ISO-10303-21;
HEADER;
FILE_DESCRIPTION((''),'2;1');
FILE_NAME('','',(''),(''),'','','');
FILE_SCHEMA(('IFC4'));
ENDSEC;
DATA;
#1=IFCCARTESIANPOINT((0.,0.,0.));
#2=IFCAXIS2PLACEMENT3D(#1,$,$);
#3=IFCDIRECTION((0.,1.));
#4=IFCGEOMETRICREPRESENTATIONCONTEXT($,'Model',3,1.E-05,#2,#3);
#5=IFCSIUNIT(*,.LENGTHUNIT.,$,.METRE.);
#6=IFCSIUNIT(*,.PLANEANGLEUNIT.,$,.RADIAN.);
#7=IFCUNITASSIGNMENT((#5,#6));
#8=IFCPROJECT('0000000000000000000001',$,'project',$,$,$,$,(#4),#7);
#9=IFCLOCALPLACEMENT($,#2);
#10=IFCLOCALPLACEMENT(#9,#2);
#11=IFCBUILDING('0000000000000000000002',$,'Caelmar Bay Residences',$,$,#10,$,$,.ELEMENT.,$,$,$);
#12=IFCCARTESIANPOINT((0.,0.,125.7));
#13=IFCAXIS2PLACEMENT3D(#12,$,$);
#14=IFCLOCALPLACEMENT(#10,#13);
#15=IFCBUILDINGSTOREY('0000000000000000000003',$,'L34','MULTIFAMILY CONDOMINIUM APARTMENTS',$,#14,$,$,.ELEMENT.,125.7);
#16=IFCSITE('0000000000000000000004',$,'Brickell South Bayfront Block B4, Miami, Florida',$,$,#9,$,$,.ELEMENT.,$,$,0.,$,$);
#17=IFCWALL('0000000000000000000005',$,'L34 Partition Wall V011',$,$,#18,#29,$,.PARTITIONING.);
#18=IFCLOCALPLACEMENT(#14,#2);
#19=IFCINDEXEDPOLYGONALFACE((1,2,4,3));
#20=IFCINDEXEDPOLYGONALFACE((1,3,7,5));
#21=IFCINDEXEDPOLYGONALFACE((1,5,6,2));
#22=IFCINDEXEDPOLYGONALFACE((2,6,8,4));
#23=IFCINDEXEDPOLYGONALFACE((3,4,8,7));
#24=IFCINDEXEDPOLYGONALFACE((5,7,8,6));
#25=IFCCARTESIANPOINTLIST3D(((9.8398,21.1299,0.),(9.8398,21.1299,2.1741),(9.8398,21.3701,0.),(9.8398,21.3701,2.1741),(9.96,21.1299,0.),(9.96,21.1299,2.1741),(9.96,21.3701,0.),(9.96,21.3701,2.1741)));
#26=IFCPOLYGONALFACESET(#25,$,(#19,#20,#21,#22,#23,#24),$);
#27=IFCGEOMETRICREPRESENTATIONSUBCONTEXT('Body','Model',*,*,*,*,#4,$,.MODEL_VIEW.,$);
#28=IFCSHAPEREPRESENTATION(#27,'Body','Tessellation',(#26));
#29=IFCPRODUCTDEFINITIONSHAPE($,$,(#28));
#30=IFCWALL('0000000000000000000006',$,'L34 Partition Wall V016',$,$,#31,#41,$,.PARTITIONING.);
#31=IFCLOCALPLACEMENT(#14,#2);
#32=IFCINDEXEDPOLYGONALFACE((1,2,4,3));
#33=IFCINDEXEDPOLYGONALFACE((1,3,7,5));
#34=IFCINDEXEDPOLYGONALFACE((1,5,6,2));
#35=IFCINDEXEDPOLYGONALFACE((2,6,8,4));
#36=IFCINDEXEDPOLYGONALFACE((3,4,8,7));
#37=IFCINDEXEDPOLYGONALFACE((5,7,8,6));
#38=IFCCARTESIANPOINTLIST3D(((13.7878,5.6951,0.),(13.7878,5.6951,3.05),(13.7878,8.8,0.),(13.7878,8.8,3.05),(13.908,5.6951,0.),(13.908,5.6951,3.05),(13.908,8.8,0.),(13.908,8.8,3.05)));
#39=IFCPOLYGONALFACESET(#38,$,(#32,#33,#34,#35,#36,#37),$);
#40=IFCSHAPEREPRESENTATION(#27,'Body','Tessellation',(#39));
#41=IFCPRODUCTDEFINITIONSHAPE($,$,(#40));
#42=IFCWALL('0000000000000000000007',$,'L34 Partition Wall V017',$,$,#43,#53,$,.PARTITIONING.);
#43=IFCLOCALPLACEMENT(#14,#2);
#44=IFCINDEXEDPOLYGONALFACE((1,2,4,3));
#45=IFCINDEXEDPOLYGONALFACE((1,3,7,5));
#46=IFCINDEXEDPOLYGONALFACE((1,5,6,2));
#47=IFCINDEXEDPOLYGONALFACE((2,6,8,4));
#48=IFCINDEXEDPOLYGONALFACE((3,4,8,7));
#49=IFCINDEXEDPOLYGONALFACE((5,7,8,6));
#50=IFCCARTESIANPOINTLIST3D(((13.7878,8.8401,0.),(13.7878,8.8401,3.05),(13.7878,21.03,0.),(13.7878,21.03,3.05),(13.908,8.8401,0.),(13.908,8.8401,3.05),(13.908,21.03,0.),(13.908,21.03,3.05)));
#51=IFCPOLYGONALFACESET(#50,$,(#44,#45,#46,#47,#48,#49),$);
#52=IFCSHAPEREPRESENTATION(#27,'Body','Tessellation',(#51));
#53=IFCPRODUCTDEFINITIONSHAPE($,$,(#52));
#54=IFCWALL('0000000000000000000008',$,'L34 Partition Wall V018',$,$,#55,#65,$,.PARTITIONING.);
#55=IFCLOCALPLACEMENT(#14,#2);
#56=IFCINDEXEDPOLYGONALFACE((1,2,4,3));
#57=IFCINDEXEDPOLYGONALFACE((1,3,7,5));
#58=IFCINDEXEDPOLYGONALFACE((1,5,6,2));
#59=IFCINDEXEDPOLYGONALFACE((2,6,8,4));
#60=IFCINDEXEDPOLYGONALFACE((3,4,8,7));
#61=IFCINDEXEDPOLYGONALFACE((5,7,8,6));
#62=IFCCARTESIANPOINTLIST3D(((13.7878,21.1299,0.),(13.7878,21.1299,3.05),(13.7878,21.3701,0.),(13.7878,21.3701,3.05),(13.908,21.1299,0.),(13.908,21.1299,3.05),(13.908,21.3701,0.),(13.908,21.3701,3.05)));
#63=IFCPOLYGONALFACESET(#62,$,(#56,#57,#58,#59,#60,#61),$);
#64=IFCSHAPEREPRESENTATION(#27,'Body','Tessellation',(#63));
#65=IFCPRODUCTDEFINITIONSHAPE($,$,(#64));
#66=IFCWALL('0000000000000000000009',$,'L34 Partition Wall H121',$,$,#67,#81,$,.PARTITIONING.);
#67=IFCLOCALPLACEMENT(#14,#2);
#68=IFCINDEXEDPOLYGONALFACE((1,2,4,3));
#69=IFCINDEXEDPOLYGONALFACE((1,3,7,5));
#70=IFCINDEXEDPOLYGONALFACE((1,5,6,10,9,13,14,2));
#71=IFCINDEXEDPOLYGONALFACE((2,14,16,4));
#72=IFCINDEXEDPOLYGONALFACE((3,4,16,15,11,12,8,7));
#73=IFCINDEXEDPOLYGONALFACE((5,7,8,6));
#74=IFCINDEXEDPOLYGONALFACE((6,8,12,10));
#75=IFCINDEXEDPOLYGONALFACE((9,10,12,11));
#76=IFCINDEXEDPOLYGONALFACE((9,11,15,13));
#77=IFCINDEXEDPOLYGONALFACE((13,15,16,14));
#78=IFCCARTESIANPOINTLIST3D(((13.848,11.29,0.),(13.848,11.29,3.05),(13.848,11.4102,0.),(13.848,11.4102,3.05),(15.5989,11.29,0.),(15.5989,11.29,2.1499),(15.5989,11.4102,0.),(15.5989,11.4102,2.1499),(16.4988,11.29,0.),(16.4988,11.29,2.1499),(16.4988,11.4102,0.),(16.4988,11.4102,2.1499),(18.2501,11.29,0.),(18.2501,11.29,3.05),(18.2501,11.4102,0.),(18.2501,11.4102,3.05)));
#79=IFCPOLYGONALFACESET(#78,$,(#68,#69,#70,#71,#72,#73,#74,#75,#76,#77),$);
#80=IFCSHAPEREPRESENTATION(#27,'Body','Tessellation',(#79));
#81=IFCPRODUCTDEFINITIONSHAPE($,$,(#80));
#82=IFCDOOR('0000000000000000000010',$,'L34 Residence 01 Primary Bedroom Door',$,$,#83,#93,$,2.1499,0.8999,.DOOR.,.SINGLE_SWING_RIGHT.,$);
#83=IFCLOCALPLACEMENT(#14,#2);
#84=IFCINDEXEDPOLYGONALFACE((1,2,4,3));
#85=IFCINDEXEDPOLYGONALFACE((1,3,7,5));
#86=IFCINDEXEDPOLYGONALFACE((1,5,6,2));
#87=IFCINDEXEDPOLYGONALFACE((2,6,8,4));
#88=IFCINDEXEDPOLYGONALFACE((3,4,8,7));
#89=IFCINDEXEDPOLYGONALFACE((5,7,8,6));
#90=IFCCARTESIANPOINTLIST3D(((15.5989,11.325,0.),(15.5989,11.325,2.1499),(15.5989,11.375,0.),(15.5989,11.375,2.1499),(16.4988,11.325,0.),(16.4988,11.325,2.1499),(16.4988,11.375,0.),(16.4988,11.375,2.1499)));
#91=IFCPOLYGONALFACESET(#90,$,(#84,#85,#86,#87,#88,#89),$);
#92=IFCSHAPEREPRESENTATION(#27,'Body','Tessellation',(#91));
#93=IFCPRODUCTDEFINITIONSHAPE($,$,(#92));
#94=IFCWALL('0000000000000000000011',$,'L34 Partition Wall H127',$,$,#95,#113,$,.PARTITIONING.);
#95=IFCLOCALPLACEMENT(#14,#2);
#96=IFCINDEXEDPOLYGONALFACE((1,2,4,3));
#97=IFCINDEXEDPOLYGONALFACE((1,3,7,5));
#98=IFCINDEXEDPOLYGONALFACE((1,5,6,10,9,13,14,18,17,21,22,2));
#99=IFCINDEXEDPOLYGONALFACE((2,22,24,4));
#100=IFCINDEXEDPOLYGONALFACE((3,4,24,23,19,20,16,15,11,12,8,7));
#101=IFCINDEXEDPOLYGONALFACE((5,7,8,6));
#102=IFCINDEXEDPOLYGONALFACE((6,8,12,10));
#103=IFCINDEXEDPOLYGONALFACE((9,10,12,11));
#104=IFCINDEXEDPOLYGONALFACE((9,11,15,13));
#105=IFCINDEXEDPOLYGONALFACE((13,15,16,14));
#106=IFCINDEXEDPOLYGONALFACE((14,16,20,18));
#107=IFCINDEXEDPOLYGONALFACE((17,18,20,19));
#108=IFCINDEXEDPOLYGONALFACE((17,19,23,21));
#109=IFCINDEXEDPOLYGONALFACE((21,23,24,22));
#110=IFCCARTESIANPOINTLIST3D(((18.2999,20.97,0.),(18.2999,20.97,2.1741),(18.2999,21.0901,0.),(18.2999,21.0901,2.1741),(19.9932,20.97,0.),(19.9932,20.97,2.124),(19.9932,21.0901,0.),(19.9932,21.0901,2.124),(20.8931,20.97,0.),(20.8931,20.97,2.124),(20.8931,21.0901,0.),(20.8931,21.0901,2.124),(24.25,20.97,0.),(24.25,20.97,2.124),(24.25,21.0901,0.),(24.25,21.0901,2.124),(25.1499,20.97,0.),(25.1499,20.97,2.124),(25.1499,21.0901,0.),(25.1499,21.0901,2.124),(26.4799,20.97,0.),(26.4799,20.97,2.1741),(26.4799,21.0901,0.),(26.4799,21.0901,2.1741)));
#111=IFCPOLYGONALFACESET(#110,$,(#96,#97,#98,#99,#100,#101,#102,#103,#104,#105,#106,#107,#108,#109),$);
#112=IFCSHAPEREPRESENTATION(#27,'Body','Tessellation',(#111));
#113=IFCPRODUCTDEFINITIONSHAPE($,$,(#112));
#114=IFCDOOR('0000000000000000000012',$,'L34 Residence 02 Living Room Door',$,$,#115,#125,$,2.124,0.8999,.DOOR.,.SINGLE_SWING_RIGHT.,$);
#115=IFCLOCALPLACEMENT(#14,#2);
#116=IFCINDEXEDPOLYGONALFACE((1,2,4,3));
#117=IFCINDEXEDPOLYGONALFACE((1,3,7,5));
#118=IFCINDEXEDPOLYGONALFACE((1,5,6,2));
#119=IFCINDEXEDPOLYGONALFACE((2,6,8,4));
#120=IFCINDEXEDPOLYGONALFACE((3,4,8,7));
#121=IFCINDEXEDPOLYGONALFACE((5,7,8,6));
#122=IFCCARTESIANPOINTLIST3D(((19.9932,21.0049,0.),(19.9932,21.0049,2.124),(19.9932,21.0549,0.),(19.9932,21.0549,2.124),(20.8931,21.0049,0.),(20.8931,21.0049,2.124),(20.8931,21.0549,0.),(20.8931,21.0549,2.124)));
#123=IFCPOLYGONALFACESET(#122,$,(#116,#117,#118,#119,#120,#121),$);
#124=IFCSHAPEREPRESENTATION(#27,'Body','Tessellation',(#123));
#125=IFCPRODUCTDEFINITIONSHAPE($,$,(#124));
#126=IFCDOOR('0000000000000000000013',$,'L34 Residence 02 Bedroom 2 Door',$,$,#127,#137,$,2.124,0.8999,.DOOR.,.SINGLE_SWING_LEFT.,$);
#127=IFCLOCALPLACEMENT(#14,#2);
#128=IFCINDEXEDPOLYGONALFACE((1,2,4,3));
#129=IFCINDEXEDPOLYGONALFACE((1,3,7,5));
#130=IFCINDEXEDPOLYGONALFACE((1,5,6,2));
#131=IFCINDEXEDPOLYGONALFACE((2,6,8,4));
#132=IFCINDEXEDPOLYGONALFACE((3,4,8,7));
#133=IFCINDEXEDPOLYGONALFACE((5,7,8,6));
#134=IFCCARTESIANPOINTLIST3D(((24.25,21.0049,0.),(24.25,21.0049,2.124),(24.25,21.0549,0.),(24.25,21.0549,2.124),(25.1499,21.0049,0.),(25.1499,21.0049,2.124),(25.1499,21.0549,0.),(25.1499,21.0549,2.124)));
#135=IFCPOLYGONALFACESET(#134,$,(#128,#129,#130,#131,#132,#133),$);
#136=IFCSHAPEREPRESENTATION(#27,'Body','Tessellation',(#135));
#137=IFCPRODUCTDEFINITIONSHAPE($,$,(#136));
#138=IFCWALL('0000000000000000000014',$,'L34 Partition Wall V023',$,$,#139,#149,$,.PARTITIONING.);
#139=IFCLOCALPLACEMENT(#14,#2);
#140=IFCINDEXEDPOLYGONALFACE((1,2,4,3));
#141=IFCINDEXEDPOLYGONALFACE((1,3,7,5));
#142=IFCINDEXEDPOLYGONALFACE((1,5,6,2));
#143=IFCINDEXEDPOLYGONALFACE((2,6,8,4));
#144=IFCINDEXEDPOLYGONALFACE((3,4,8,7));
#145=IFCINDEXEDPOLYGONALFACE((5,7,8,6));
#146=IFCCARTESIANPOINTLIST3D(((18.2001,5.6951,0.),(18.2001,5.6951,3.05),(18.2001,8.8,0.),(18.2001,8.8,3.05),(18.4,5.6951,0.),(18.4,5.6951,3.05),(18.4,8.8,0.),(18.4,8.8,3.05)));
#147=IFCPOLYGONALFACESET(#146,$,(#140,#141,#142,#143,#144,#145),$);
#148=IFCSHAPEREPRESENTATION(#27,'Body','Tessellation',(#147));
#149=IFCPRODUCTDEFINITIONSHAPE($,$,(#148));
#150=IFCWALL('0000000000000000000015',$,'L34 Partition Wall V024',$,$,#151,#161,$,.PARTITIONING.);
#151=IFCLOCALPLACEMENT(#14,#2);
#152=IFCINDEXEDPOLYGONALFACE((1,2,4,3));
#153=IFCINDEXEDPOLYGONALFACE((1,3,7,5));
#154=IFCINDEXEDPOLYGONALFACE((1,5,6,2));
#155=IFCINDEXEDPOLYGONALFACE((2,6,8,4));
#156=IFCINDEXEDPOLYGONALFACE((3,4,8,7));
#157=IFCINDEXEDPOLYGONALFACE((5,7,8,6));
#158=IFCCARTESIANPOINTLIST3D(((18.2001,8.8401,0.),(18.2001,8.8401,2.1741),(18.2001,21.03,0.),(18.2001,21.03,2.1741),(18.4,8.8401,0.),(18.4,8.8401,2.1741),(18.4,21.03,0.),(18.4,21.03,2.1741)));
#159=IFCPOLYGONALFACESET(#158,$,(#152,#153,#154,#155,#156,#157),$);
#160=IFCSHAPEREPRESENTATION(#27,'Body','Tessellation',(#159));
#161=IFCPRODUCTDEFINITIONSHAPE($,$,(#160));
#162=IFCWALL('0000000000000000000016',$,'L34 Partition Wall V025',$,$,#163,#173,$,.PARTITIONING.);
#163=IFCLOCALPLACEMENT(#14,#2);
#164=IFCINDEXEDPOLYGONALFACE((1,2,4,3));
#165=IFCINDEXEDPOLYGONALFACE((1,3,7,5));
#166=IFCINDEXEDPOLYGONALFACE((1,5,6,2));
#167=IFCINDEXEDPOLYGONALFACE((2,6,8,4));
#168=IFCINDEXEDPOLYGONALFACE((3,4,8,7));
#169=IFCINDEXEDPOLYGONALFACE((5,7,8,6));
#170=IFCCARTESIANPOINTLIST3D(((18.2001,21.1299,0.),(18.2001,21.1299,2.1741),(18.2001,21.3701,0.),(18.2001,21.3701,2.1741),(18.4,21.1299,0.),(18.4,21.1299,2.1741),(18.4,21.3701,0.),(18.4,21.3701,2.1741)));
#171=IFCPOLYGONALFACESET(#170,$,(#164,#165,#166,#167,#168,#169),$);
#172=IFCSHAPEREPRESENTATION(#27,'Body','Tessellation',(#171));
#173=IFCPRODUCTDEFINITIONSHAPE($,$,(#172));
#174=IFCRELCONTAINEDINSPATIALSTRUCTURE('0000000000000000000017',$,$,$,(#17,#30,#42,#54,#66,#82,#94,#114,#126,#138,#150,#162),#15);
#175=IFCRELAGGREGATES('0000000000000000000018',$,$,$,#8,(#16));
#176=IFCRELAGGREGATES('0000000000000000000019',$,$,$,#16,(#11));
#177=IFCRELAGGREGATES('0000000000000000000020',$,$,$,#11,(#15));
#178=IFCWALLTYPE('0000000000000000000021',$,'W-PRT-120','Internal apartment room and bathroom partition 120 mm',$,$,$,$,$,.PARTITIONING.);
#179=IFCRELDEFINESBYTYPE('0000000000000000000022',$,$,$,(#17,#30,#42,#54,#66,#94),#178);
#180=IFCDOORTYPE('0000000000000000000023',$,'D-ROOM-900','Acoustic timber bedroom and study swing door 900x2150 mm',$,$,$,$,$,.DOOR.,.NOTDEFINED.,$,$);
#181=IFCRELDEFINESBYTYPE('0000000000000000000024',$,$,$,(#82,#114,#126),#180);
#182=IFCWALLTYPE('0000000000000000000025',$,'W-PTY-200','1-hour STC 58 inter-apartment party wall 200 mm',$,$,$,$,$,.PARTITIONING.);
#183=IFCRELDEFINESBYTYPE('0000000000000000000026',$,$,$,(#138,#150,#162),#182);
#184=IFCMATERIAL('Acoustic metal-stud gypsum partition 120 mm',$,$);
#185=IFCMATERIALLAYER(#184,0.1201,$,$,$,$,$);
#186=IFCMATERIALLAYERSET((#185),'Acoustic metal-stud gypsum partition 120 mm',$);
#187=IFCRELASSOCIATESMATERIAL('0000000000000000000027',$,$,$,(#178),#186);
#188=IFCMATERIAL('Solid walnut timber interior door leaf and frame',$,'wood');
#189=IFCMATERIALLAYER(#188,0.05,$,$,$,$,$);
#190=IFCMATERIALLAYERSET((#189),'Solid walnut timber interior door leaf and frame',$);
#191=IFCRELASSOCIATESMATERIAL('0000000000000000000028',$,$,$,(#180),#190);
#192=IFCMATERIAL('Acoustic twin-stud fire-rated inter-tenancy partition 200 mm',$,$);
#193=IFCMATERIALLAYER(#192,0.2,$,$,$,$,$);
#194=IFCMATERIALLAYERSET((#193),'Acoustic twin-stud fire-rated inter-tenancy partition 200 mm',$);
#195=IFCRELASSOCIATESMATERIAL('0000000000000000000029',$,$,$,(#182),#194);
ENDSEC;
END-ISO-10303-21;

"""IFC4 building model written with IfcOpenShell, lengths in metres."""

from ifc_helpers import new_model, si_unit, direction, frame, frame_2d, origin, place, context, subcontext, project, spatial, rectangle, extrude, material, layer, layer_set, type_object, element, fill, save


model = new_model("IFC4")

# Units and contexts
model_context = context("Model", 3, precision=1e-05, world=origin(), true_north=direction((0.0, 1.0)))
body_context = subcontext(model_context, "Body", "Model", "MODEL_VIEW")
ifc_project = project(units=[si_unit("LENGTHUNIT", "METRE"), si_unit("PLANEANGLEUNIT", "RADIAN")], contexts=[model_context])

# Site, building, storey
site_placement = place(None, origin())
site = spatial("IfcSite", under=ifc_project, at=site_placement, Name="Brickell South Bayfront Block B4, Miami, Florida", CompositionType="ELEMENT", RefElevation=0.0)
building_placement = place(site_placement, origin())
building = spatial("IfcBuilding", under=site, at=building_placement, Name="Caelmar Bay Residences", CompositionType="ELEMENT")
storey_placement = place(building_placement, frame((0.0, 0.0, 125.7)))
storey = spatial("IfcBuildingStorey", under=building, at=storey_placement, Name="L34", Description="MULTIFAMILY CONDOMINIUM APARTMENTS", CompositionType="ELEMENT", Elevation=125.7)

# Shared definitions
ifc_material_1 = material(Name="Acoustic metal-stud gypsum partition 120 mm")
ifc_layer_1 = layer(ifc_material_1, 0.1201)
ifc_layer_set_1 = layer_set([ifc_layer_1], Name="Acoustic metal-stud gypsum partition 120 mm")
wall_type_1 = type_object("IfcWallType", Name="W-PRT-120", Description="Internal apartment room and bathroom partition 120 mm", PredefinedType="PARTITIONING", material=ifc_layer_set_1)
ifc_material_2 = material(Name="Solid walnut timber interior door leaf and frame", Category="wood")
ifc_layer_2 = layer(ifc_material_2, 0.05)
ifc_layer_set_2 = layer_set([ifc_layer_2], Name="Solid walnut timber interior door leaf and frame")
door_type = type_object("IfcDoorType", Name="D-ROOM-900", Description="Acoustic timber bedroom and study swing door 900x2150 mm", OperationType="NOTDEFINED", PredefinedType="DOOR", material=ifc_layer_set_2)

# Walls
wall_1_placement = place(storey_placement, frame((9.8999, 21.1299, 0.0), z_axis=(0.0, 0.0, 1.0), x_axis=(0.0, 1.0, 0.0)))
element("IfcWall", 1, at=wall_1_placement, inside=storey, type_object=wall_type_1, Name="L34 Partition Wall V011", PredefinedType="PARTITIONING", context=body_context, shape_type="SweptSolid", body=[
    extrude(rectangle(XDim=0.2402, YDim=0.1201, at=frame_2d((0.1201, 0.0))), origin(), (0.0, 0.0, 1.0), 2.1741),
])
wall_2_placement = place(storey_placement, frame((13.8479, 5.6951, 0.0), z_axis=(0.0, 0.0, 1.0), x_axis=(0.0, 1.0, 0.0)))
element("IfcWall", 2, at=wall_2_placement, inside=storey, type_object=wall_type_1, Name="L34 Partition Wall V016", PredefinedType="PARTITIONING", context=body_context, shape_type="SweptSolid", body=[
    extrude(rectangle(XDim=3.105, YDim=0.1201, at=frame_2d((1.5525, 0.0))), origin(), (0.0, 0.0, 1.0), 3.05),
])
wall_3_placement = place(storey_placement, frame((13.8479, 8.8401, 0.0), z_axis=(0.0, 0.0, 1.0), x_axis=(0.0, 1.0, 0.0)))
element("IfcWall", 3, at=wall_3_placement, inside=storey, type_object=wall_type_1, Name="L34 Partition Wall V017", PredefinedType="PARTITIONING", context=body_context, shape_type="SweptSolid", body=[
    extrude(rectangle(XDim=12.1899, YDim=0.1201, at=frame_2d((6.095, 0.0))), origin(), (0.0, 0.0, 1.0), 3.05),
])
wall_4_placement = place(storey_placement, frame((13.8479, 21.1299, 0.0), z_axis=(0.0, 0.0, 1.0), x_axis=(0.0, 1.0, 0.0)))
element("IfcWall", 4, at=wall_4_placement, inside=storey, type_object=wall_type_1, Name="L34 Partition Wall V018", PredefinedType="PARTITIONING", context=body_context, shape_type="SweptSolid", body=[
    extrude(rectangle(XDim=0.2402, YDim=0.1201, at=frame_2d((0.1201, 0.0))), origin(), (0.0, 0.0, 1.0), 3.05),
])

# Wall, opening, door
wall_5_placement = place(storey_placement, frame((13.8479, 11.3501, 0.0), z_axis=(0.0, 0.0, 1.0), x_axis=(1.0, 0.0, 0.0)))
wall_5 = element("IfcWall", 5, at=wall_5_placement, inside=storey, type_object=wall_type_1, Name="L34 Partition Wall H121", PredefinedType="PARTITIONING", context=body_context, shape_type="SweptSolid", body=[
    extrude(rectangle(XDim=4.4021, YDim=0.1201, at=frame_2d((2.2012, 0.0))), origin(), (0.0, 0.0, 1.0), 3.05),
])
opening_1_placement = place(wall_5_placement, frame((1.751, 0.0, 0.0)))
opening_1 = element("IfcOpeningElement", 6, at=opening_1_placement, cuts=wall_5, PredefinedType="OPENING", context=body_context, shape_type="SweptSolid", body=[
    extrude(rectangle(XDim=0.8999, YDim=2.1499, at=frame_2d((0.45, 1.075))), frame((0.0, 0.0701, 0.0), z_axis=(0.0, -1.0, 0.0), x_axis=(1.0, 0.0, 0.0)), (0.0, 0.0, 1.0), 0.1401),
])
door_1_placement = place(opening_1_placement, origin())
door_1 = element("IfcDoor", 7, at=door_1_placement, inside=storey, type_object=door_type, Name="L34 Residence 01 Primary Bedroom Door", OperationType="SINGLE_SWING_RIGHT", OverallHeight=2.1499, OverallWidth=0.8999, PredefinedType="DOOR", context=body_context, shape_type="SweptSolid", body=[
    extrude(rectangle(XDim=0.8999, YDim=2.1499, at=frame_2d((0.45, 1.075))), frame((0.0, 0.0249, 0.0), z_axis=(0.0, -1.0, 0.0), x_axis=(1.0, 0.0, 0.0)), (0.0, 0.0, 1.0), 0.05),
])
fill(opening_1, door_1)

# Wall, openings, doors
wall_6_placement = place(storey_placement, frame((18.3, 21.03, 0.0), z_axis=(0.0, 0.0, 1.0), x_axis=(1.0, 0.0, 0.0)))
wall_6 = element("IfcWall", 8, at=wall_6_placement, inside=storey, type_object=wall_type_1, Name="L34 Partition Wall H127", PredefinedType="PARTITIONING", context=body_context, shape_type="SweptSolid", body=[
    extrude(rectangle(XDim=8.1799, YDim=0.1201, at=frame_2d((4.0898, 0.0))), origin(), (0.0, 0.0, 1.0), 2.1741),
])
opening_2_placement = place(wall_6_placement, frame((1.6931, 0.0, 0.0)))
opening_2 = element("IfcOpeningElement", 9, at=opening_2_placement, cuts=wall_6, PredefinedType="OPENING", context=body_context, shape_type="SweptSolid", body=[
    extrude(rectangle(XDim=0.8999, YDim=2.124, at=frame_2d((0.45, 1.062))), frame((0.0, 0.0701, 0.0), z_axis=(0.0, -1.0, 0.0), x_axis=(1.0, 0.0, 0.0)), (0.0, 0.0, 1.0), 0.1401),
])
opening_3_placement = place(wall_6_placement, frame((5.95, 0.0, 0.0)))
opening_3 = element("IfcOpeningElement", 10, at=opening_3_placement, cuts=wall_6, PredefinedType="OPENING", context=body_context, shape_type="SweptSolid", body=[
    extrude(rectangle(XDim=0.8999, YDim=2.124, at=frame_2d((0.45, 1.062))), frame((0.0, 0.0701, 0.0), z_axis=(0.0, -1.0, 0.0), x_axis=(1.0, 0.0, 0.0)), (0.0, 0.0, 1.0), 0.1401),
])
door_2_placement = place(opening_2_placement, origin())
door_2 = element("IfcDoor", 11, at=door_2_placement, inside=storey, type_object=door_type, Name="L34 Residence 02 Living Room Door", OperationType="SINGLE_SWING_RIGHT", OverallHeight=2.124, OverallWidth=0.8999, PredefinedType="DOOR", context=body_context, shape_type="SweptSolid", body=[
    extrude(rectangle(XDim=0.8999, YDim=2.124, at=frame_2d((0.45, 1.062))), frame((0.0, 0.0249, 0.0), z_axis=(0.0, -1.0, 0.0), x_axis=(1.0, 0.0, 0.0)), (0.0, 0.0, 1.0), 0.05),
])
fill(opening_2, door_2)
door_3_placement = place(opening_3_placement, origin())
door_3 = element("IfcDoor", 12, at=door_3_placement, inside=storey, type_object=door_type, Name="L34 Residence 02 Bedroom 2 Door", OperationType="SINGLE_SWING_LEFT", OverallHeight=2.124, OverallWidth=0.8999, PredefinedType="DOOR", context=body_context, shape_type="SweptSolid", body=[
    extrude(rectangle(XDim=0.8999, YDim=2.124, at=frame_2d((0.45, 1.062))), frame((0.0, 0.0249, 0.0), z_axis=(0.0, -1.0, 0.0), x_axis=(1.0, 0.0, 0.0)), (0.0, 0.0, 1.0), 0.05),
])
fill(opening_3, door_3)

# Walls
ifc_material_3 = material(Name="Acoustic twin-stud fire-rated inter-tenancy partition 200 mm")
ifc_layer_3 = layer(ifc_material_3, 0.2)
ifc_layer_set_3 = layer_set([ifc_layer_3], Name="Acoustic twin-stud fire-rated inter-tenancy partition 200 mm")
wall_type_2 = type_object("IfcWallType", Name="W-PTY-200", Description="1-hour STC 58 inter-apartment party wall 200 mm", PredefinedType="PARTITIONING", material=ifc_layer_set_3)
wall_7_placement = place(storey_placement, frame((18.3, 5.6951, 0.0), z_axis=(0.0, 0.0, 1.0), x_axis=(0.0, 1.0, 0.0)))
element("IfcWall", 13, at=wall_7_placement, inside=storey, type_object=wall_type_2, Name="L34 Partition Wall V023", PredefinedType="PARTITIONING", context=body_context, shape_type="SweptSolid", body=[
    extrude(rectangle(XDim=3.105, YDim=0.2, at=frame_2d((1.5525, 0.0))), origin(), (0.0, 0.0, 1.0), 3.05),
])
wall_8_placement = place(storey_placement, frame((18.3, 8.8401, 0.0), z_axis=(0.0, 0.0, 1.0), x_axis=(0.0, 1.0, 0.0)))
element("IfcWall", 14, at=wall_8_placement, inside=storey, type_object=wall_type_2, Name="L34 Partition Wall V024", PredefinedType="PARTITIONING", context=body_context, shape_type="SweptSolid", body=[
    extrude(rectangle(XDim=12.1899, YDim=0.2, at=frame_2d((6.095, 0.0))), origin(), (0.0, 0.0, 1.0), 2.1741),
])
wall_9_placement = place(storey_placement, frame((18.3, 21.1299, 0.0), z_axis=(0.0, 0.0, 1.0), x_axis=(0.0, 1.0, 0.0)))
element("IfcWall", 15, at=wall_9_placement, inside=storey, type_object=wall_type_2, Name="L34 Partition Wall V025", PredefinedType="PARTITIONING", context=body_context, shape_type="SweptSolid", body=[
    extrude(rectangle(XDim=0.2402, YDim=0.2, at=frame_2d((0.1201, 0.0))), origin(), (0.0, 0.0, 1.0), 2.1741),
])

save(model, "model.ifc")
